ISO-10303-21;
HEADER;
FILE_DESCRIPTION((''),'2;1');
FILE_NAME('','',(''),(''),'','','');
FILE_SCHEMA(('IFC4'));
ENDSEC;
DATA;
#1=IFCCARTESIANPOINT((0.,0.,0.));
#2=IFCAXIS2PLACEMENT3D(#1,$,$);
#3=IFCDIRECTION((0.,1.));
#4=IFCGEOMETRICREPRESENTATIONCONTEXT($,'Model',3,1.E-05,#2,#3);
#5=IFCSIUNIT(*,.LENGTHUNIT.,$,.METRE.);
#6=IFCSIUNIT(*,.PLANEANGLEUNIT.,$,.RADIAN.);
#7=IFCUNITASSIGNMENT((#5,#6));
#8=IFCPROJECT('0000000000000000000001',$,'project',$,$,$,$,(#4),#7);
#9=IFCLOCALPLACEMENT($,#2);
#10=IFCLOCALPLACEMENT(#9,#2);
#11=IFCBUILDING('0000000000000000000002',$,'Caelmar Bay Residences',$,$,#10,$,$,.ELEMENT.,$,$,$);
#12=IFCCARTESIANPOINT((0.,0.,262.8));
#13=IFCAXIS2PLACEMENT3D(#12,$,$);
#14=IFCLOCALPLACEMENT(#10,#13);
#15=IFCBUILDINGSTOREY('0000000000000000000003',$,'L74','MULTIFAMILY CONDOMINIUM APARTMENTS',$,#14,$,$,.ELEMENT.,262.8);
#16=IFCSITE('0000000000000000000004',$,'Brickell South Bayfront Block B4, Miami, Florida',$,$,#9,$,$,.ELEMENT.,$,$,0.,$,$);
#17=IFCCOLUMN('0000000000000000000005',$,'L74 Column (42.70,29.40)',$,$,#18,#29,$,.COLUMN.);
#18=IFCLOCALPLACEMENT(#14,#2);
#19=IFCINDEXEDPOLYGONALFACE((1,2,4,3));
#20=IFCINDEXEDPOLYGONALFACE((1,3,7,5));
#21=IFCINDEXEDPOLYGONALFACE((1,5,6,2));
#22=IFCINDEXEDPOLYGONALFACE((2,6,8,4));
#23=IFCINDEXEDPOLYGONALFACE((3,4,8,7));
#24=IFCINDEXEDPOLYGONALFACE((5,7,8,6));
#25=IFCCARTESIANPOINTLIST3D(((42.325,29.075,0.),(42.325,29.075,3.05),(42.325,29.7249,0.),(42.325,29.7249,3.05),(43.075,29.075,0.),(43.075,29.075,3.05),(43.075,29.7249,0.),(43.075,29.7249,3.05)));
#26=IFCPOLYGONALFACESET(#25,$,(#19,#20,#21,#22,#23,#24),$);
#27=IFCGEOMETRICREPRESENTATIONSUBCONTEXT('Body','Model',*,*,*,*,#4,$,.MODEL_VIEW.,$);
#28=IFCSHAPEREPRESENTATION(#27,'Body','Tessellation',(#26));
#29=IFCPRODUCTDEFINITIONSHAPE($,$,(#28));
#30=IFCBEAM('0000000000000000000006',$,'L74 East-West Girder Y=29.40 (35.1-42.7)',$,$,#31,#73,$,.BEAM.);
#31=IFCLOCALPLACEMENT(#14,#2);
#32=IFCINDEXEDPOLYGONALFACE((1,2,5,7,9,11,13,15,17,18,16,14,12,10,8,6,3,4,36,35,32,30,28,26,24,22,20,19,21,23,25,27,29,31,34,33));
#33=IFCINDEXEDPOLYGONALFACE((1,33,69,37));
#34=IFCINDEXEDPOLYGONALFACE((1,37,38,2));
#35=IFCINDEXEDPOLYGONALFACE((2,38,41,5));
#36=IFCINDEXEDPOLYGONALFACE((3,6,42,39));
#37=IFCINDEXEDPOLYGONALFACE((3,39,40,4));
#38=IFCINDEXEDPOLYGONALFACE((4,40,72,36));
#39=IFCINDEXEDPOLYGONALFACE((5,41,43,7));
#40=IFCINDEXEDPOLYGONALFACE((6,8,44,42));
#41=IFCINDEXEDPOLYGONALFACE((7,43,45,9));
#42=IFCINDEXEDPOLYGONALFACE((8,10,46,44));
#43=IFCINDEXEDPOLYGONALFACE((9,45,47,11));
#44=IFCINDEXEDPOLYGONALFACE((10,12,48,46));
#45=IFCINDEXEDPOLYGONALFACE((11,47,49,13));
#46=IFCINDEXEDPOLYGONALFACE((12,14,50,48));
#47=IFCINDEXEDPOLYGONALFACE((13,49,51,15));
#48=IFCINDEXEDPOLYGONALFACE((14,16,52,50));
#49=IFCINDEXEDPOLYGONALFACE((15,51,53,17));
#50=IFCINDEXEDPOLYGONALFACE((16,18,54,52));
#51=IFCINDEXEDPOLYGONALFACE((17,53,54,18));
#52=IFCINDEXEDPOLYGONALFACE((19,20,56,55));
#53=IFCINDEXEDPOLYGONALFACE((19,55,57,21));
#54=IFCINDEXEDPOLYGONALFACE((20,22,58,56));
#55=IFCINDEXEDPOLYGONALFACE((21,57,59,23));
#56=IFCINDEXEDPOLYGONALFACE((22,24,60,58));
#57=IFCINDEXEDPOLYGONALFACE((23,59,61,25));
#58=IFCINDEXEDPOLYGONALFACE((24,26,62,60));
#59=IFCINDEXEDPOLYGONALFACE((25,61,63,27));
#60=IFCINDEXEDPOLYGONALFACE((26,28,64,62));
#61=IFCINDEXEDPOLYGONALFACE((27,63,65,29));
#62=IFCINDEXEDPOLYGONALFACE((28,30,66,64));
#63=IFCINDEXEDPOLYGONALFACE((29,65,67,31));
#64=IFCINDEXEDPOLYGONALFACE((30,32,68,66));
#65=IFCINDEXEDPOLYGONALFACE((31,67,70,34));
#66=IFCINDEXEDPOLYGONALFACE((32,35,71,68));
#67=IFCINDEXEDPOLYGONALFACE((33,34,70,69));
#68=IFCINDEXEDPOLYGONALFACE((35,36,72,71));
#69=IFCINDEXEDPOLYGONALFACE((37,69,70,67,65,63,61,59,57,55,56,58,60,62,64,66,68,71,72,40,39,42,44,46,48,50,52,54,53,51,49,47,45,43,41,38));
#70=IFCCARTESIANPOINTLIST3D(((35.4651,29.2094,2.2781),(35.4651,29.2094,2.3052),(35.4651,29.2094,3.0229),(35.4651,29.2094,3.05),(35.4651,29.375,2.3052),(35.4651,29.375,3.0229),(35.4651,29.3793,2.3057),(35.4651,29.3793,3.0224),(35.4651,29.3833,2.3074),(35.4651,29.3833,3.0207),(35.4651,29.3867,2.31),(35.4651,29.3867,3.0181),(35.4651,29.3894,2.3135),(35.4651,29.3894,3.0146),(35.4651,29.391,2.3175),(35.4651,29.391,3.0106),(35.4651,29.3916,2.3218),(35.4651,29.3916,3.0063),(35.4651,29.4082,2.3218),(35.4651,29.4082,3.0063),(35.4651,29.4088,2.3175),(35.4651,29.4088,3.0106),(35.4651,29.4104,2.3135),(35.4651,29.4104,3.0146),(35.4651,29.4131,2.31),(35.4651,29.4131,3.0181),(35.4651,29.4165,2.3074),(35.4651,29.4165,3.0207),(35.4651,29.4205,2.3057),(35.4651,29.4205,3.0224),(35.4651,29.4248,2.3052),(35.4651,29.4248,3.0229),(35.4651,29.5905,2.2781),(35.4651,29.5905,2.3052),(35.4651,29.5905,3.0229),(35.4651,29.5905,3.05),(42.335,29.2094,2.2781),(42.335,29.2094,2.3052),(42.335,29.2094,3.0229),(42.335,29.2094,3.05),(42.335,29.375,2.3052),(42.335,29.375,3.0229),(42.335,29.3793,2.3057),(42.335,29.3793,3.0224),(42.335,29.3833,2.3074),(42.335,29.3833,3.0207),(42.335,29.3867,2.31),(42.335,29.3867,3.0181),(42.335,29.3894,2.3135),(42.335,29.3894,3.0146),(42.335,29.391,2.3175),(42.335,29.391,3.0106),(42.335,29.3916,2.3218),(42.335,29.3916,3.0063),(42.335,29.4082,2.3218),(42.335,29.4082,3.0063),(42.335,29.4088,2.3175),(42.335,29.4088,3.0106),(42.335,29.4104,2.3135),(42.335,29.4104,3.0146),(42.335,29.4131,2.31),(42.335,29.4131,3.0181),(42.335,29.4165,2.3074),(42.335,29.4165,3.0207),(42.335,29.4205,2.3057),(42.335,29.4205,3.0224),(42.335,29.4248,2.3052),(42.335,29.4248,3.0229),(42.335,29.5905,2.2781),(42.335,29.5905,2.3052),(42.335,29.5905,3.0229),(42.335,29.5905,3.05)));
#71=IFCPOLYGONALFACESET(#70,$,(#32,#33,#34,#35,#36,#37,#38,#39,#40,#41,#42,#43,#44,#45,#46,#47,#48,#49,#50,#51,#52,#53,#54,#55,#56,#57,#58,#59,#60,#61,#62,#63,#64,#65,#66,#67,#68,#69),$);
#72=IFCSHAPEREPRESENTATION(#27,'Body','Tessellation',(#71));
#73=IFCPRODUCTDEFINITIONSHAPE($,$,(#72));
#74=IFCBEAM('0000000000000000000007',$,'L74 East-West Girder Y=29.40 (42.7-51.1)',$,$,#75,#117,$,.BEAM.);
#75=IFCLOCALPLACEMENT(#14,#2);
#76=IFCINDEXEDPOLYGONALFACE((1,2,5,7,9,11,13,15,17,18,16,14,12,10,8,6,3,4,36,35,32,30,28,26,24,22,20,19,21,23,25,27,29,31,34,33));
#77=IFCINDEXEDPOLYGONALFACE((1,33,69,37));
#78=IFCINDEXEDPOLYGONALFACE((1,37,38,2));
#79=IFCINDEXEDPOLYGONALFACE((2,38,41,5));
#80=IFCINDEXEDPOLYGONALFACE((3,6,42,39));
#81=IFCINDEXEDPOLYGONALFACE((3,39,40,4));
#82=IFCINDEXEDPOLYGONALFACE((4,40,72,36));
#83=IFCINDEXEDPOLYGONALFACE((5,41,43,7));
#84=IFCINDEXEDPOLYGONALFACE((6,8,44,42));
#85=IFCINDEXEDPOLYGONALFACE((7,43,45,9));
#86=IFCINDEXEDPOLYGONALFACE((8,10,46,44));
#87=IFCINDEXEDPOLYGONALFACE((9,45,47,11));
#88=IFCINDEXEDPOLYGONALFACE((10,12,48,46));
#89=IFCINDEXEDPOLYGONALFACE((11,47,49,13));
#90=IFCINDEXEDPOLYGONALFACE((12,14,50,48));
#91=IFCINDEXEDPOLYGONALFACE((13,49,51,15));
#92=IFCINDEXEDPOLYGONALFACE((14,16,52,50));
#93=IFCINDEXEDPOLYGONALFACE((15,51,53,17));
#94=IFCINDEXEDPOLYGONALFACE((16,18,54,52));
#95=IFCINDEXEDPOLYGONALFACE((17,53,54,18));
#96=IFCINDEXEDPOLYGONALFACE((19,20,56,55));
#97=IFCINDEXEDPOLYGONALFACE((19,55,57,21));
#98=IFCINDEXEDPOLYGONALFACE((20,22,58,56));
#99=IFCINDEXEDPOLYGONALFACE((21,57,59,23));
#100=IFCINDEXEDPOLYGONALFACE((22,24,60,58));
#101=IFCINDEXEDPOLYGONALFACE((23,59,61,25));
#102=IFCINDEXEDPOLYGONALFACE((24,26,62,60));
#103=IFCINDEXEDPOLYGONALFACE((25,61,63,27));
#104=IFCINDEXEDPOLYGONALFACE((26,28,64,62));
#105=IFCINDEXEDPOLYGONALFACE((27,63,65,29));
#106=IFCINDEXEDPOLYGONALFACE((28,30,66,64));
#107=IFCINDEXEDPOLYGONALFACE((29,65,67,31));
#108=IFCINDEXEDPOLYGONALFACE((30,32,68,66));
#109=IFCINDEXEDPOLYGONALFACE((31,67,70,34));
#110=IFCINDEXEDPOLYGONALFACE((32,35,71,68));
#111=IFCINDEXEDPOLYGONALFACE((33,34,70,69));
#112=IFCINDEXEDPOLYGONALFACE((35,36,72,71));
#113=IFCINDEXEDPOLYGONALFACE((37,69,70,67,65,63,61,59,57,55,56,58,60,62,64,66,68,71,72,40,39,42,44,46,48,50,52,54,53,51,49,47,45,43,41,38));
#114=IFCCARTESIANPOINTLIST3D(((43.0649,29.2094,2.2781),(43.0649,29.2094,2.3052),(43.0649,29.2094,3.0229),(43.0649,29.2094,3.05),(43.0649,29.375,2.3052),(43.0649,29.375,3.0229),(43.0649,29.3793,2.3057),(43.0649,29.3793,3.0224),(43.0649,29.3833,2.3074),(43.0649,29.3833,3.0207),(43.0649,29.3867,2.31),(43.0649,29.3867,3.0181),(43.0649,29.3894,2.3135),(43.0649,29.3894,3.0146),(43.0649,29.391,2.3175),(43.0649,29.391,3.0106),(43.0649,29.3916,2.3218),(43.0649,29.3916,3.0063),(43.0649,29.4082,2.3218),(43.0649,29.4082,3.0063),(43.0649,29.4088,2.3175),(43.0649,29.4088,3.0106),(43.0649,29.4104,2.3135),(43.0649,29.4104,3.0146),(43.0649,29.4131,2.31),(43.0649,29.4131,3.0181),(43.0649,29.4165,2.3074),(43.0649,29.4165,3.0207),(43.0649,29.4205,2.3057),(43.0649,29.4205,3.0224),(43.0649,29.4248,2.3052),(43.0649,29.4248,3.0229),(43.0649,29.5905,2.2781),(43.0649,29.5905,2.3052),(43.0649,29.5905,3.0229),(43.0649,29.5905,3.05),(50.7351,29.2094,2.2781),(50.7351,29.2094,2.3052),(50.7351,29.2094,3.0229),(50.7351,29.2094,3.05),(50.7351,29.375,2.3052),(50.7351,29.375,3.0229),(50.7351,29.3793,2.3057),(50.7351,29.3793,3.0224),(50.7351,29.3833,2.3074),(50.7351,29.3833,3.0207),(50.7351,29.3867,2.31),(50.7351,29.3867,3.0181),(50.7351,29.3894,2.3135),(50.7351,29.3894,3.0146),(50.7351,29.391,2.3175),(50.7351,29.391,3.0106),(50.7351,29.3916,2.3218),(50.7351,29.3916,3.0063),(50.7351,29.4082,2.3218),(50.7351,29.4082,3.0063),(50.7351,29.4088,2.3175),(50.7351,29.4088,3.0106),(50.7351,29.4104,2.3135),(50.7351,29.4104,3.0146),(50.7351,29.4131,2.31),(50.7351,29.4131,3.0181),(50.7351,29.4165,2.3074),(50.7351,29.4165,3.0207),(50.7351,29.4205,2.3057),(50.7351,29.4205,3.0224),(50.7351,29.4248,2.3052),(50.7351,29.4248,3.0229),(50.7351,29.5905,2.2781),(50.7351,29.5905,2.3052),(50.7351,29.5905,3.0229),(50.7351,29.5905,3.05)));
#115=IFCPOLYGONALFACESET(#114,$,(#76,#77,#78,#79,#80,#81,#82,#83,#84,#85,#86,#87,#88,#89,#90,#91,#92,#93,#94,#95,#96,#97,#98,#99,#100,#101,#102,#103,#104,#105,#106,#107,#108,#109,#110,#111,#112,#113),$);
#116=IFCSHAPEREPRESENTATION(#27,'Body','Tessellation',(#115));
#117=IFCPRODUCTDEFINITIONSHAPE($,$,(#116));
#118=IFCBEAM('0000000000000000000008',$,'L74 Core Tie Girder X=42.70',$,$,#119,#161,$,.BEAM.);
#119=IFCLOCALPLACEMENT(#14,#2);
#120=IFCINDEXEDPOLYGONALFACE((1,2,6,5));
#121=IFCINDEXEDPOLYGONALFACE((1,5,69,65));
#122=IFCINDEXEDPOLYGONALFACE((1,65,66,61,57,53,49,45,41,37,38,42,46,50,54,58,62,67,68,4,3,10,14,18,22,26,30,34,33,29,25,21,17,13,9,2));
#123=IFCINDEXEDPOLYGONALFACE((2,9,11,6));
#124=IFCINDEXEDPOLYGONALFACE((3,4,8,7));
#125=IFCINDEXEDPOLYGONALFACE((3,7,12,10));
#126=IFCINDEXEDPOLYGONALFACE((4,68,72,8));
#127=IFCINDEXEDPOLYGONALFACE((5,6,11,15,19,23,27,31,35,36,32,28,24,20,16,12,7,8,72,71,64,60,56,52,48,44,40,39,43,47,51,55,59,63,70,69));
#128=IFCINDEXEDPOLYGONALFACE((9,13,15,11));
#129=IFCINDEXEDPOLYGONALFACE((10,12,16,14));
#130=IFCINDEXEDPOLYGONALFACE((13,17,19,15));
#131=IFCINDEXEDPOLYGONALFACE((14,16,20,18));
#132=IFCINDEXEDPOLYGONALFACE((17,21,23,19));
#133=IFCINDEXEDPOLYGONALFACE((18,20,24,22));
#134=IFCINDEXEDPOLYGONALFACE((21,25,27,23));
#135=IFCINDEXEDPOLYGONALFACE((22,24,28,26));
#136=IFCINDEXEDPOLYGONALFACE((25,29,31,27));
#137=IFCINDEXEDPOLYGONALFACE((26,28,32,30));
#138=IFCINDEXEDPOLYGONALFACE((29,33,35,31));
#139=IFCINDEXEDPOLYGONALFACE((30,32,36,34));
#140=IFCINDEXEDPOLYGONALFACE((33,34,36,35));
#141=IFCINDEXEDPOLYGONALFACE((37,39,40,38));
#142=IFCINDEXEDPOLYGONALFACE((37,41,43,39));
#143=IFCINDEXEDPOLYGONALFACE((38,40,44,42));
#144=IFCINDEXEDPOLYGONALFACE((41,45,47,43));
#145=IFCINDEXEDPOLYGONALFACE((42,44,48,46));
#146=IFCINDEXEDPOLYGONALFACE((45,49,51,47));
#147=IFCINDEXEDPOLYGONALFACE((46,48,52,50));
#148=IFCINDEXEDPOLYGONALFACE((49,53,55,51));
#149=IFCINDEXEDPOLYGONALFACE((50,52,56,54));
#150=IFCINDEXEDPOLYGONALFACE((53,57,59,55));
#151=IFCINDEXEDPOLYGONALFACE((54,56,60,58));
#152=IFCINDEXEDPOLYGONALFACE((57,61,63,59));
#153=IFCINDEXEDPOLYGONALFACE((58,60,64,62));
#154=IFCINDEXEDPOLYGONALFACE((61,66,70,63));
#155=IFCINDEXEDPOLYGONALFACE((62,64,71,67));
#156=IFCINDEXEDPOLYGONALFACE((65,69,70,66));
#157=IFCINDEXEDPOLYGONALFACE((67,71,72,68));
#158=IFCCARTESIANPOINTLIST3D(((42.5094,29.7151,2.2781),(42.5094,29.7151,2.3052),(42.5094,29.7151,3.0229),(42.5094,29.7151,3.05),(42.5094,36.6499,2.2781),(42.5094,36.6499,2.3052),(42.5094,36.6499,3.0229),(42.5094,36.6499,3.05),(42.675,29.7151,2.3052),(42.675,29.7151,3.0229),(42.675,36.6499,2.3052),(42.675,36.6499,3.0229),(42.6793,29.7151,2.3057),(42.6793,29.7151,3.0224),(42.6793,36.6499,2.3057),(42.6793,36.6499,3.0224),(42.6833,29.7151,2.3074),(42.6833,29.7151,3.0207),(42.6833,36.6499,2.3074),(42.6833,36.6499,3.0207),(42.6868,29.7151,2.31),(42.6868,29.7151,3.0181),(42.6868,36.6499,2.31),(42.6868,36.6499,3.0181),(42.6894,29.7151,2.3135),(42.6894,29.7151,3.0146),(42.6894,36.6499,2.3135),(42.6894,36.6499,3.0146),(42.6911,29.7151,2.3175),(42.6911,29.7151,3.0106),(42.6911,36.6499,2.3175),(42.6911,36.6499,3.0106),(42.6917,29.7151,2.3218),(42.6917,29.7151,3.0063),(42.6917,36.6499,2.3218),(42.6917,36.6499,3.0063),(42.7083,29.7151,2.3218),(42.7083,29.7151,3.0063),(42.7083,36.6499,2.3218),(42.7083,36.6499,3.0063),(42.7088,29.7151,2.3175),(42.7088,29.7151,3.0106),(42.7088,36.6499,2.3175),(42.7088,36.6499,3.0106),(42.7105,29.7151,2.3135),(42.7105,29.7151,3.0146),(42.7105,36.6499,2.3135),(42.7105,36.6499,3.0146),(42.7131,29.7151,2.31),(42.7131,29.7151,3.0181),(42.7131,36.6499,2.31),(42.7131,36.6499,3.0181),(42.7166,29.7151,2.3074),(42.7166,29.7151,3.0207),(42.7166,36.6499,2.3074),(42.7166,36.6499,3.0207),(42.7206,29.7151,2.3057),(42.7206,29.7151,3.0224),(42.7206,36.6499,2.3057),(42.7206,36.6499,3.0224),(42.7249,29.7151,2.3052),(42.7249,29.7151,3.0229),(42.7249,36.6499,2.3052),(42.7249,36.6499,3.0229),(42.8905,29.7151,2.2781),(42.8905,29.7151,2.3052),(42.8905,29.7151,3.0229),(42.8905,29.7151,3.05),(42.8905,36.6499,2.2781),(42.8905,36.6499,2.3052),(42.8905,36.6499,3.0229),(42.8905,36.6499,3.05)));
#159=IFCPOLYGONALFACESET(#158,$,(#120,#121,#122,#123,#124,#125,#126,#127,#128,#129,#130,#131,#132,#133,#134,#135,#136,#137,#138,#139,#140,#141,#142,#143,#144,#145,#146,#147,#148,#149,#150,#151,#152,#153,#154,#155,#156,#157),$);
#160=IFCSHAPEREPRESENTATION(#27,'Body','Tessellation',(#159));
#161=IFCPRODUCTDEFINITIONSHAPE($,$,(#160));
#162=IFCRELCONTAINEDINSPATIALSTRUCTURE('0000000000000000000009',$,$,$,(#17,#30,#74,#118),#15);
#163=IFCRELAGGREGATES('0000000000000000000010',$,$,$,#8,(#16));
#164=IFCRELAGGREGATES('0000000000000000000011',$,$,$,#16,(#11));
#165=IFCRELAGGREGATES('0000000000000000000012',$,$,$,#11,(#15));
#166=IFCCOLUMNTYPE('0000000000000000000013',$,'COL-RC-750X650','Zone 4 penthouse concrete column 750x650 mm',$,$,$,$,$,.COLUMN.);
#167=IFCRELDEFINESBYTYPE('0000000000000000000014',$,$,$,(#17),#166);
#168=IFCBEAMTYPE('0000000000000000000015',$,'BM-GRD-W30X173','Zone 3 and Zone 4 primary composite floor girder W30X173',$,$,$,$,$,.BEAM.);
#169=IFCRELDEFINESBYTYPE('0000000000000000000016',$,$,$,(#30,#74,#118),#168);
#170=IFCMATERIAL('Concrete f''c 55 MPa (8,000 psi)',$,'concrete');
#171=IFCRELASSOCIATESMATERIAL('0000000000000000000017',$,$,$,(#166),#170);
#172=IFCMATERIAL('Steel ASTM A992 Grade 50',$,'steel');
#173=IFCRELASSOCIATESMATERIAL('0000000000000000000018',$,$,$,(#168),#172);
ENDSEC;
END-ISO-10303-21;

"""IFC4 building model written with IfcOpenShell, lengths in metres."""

from ifc_helpers import new_model, si_unit, direction, frame, origin, origin_2d, place, context, subcontext, project, spatial, rectangle, i_section, extrude, material, material_profile, profile_set, type_object, element, save


model = new_model("IFC4")

# Units and contexts
model_context = context("Model", 3, precision=1e-05, world=origin(), true_north=direction((0.0, 1.0)))
body_context = subcontext(model_context, "Body", "Model", "MODEL_VIEW")
ifc_project = project(units=[si_unit("LENGTHUNIT", "METRE"), si_unit("PLANEANGLEUNIT", "RADIAN")], contexts=[model_context])

# Site, building, storey
site_placement = place(None, origin())
site = spatial("IfcSite", under=ifc_project, at=site_placement, Name="Brickell South Bayfront Block B4, Miami, Florida", CompositionType="ELEMENT", RefElevation=0.0)
building_placement = place(site_placement, origin())
building = spatial("IfcBuilding", under=site, at=building_placement, Name="Caelmar Bay Residences", CompositionType="ELEMENT")
storey_placement = place(building_placement, frame((0.0, 0.0, 262.8)))
storey = spatial("IfcBuildingStorey", under=building, at=storey_placement, Name="L74", Description="MULTIFAMILY CONDOMINIUM APARTMENTS", CompositionType="ELEMENT", Elevation=262.8)

# Column
ifc_material_1 = material(Name="Concrete f'c 55 MPa (8,000 psi)", Category="concrete")
ifc_material_profile_1 = material_profile(ifc_material_1, rectangle(XDim=0.75, YDim=0.6499, at=origin_2d()), Name="RC-COL-750X650")
ifc_profile_set_1 = profile_set([ifc_material_profile_1], Name="Concrete f'c 55 MPa (8,000 psi)")
column_type = type_object("IfcColumnType", Name="COL-RC-750X650", Description="Zone 4 penthouse concrete column 750x650 mm", PredefinedType="COLUMN", material=ifc_profile_set_1)
column_placement = place(storey_placement, frame((42.7, 29.3999, 0.0), z_axis=(0.0, 0.0, 1.0), x_axis=(1.0, 0.0, 0.0)))
element("IfcColumn", 1, at=column_placement, inside=storey, type_object=column_type, Name="L74 Column (42.70,29.40)", PredefinedType="COLUMN", context=body_context, shape_type="SweptSolid", body=[
    extrude(rectangle(XDim=0.75, YDim=0.6499, at=origin_2d()), origin(), (0.0, 0.0, 1.0), 3.05),
])

# Beams
ifc_material_2 = material(Name="Steel ASTM A992 Grade 50", Category="steel")
ifc_material_profile_2 = material_profile(ifc_material_2, i_section(OverallWidth=0.3811, OverallDepth=0.772, WebThickness=0.0166, FlangeThickness=0.0271, FilletRadius=0.0166, at=origin_2d()), Name="W30X173")
ifc_profile_set_2 = profile_set([ifc_material_profile_2], Name="Steel ASTM A992 Grade 50")
beam_type_1 = type_object("IfcBeamType", Name="BM-GRD-W30X173", Description="Zone 3 and Zone 4 primary composite floor girder W30X173", PredefinedType="BEAM", material=ifc_profile_set_2)
beam_1_placement = place(storey_placement, frame((35.4651, 29.3999, 2.6641), z_axis=(1.0, 0.0, 0.0), x_axis=(0.0, 1.0, 0.0)))
element("IfcBeam", 2, at=beam_1_placement, inside=storey, type_object=beam_type_1, Name="L74 East-West Girder Y=29.40 (35.1-42.7)", PredefinedType="BEAM", context=body_context, shape_type="SweptSolid", body=[
    extrude(i_section(OverallWidth=0.3811, OverallDepth=0.772, WebThickness=0.0166, FlangeThickness=0.0271, FilletRadius=0.0166, at=origin_2d()), origin(), (0.0, 0.0, 1.0), 6.8699),
])
beam_2_placement = place(storey_placement, frame((43.0649, 29.3999, 2.6641), z_axis=(1.0, 0.0, 0.0), x_axis=(0.0, 1.0, 0.0)))
element("IfcBeam", 3, at=beam_2_placement, inside=storey, type_object=beam_type_1, Name="L74 East-West Girder Y=29.40 (42.7-51.1)", PredefinedType="BEAM", context=body_context, shape_type="SweptSolid", body=[
    extrude(i_section(OverallWidth=0.3811, OverallDepth=0.772, WebThickness=0.0166, FlangeThickness=0.0271, FilletRadius=0.0166, at=origin_2d()), origin(), (0.0, 0.0, 1.0), 7.6702),
])
beam_3_placement = place(storey_placement, frame((42.7, 29.7151, 2.6641), z_axis=(0.0, 1.0, 0.0), x_axis=(-1.0, 0.0, 0.0)))
element("IfcBeam", 4, at=beam_3_placement, inside=storey, type_object=beam_type_1, Name="L74 Core Tie Girder X=42.70", PredefinedType="BEAM", context=body_context, shape_type="SweptSolid", body=[
    extrude(i_section(OverallWidth=0.3811, OverallDepth=0.772, WebThickness=0.0166, FlangeThickness=0.0271, FilletRadius=0.0166, at=origin_2d()), origin(), (0.0, 0.0, 1.0), 6.9348),
])

save(model, "model.ifc")
